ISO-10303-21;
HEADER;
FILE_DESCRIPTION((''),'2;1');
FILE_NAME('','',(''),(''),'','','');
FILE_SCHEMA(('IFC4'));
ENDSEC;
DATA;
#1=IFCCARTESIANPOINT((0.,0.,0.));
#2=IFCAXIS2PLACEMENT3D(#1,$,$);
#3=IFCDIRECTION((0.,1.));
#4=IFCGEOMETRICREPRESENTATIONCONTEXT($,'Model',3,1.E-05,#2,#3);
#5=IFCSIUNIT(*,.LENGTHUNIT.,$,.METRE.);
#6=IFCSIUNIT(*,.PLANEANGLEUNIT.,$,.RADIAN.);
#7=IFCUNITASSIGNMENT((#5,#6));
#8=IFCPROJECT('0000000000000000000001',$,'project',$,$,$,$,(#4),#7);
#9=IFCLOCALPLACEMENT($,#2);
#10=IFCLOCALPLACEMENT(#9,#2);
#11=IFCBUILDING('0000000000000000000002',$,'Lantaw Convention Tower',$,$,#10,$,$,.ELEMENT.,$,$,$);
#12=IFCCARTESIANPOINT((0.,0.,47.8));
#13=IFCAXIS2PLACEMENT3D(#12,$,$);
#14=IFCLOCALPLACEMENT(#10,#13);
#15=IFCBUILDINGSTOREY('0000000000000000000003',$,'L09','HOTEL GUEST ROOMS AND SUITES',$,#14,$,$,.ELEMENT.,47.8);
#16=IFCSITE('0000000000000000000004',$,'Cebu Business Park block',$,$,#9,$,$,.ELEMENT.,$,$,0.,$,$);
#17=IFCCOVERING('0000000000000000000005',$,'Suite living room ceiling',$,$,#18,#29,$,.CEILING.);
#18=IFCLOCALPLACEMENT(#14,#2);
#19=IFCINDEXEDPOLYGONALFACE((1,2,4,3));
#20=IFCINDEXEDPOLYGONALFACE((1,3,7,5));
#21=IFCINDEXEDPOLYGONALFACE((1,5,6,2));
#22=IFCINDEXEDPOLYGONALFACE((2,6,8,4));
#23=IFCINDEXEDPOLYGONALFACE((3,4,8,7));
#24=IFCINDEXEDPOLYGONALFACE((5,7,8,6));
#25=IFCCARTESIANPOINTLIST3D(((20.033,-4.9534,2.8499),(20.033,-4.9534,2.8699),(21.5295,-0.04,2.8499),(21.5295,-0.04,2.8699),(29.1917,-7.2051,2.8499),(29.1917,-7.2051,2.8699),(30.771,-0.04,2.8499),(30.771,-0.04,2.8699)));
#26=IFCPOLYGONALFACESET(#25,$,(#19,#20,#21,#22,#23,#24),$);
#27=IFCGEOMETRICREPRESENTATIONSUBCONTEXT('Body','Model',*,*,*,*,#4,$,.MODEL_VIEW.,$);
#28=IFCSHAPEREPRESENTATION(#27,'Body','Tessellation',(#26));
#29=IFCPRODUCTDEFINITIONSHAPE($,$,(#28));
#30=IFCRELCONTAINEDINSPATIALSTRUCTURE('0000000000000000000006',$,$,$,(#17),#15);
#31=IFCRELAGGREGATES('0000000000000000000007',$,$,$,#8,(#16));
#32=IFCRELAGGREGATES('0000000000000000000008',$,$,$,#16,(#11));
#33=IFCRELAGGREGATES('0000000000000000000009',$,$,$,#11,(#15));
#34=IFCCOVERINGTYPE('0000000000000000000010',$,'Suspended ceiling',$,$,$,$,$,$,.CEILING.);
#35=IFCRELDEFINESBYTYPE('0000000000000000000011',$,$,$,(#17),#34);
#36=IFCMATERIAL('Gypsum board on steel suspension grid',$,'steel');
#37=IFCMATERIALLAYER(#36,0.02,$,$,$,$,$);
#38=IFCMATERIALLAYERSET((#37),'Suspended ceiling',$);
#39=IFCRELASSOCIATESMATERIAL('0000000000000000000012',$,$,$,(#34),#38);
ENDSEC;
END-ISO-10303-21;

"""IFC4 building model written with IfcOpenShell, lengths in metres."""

from ifc_helpers import new_model, si_unit, direction, frame, origin, place, context, subcontext, project, spatial, polyline, outline, extrude, material, layer, layer_set, type_object, element, save


model = new_model("IFC4")

# Units and contexts
model_context = context("Model", 3, precision=1e-05, world=origin(), true_north=direction((0.0, 1.0)))
body_context = subcontext(model_context, "Body", "Model", "MODEL_VIEW")
ifc_project = project(units=[si_unit("LENGTHUNIT", "METRE"), si_unit("PLANEANGLEUNIT", "RADIAN")], contexts=[model_context])

# Site, building, storey
site_placement = place(None, origin())
site = spatial("IfcSite", under=ifc_project, at=site_placement, Name="Cebu Business Park block", CompositionType="ELEMENT", RefElevation=0.0)
building_placement = place(site_placement, origin())
building = spatial("IfcBuilding", under=site, at=building_placement, Name="Lantaw Convention Tower", CompositionType="ELEMENT")
storey_placement = place(building_placement, frame((0.0, 0.0, 47.8)))
storey = spatial("IfcBuildingStorey", under=building, at=storey_placement, Name="L09", Description="HOTEL GUEST ROOMS AND SUITES", CompositionType="ELEMENT", Elevation=47.8)

# Covering
ifc_material_1 = material(Name="Gypsum board on steel suspension grid", Category="steel")
ifc_layer_1 = layer(ifc_material_1, 0.02)
ifc_layer_set_1 = layer_set([ifc_layer_1], Name="Suspended ceiling")
covering_type = type_object("IfcCoveringType", Name="Suspended ceiling", PredefinedType="CEILING", material=ifc_layer_set_1)
covering_1_placement = place(storey_placement, frame((0.0, 0.0, 2.8499)))
element("IfcCovering", 1, at=covering_1_placement, inside=storey, type_object=covering_type, Name="Suite living room ceiling", PredefinedType="CEILING", context=body_context, shape_type="SweptSolid", body=[
    extrude(outline(polyline([(20.033, -4.9534), (29.1917, -7.2051), (30.771, -0.04), (21.5295, -0.04), (20.033, -4.9534)])), origin(), (0.0, 0.0, 1.0), 0.02),
])

save(model, "model.ifc")
